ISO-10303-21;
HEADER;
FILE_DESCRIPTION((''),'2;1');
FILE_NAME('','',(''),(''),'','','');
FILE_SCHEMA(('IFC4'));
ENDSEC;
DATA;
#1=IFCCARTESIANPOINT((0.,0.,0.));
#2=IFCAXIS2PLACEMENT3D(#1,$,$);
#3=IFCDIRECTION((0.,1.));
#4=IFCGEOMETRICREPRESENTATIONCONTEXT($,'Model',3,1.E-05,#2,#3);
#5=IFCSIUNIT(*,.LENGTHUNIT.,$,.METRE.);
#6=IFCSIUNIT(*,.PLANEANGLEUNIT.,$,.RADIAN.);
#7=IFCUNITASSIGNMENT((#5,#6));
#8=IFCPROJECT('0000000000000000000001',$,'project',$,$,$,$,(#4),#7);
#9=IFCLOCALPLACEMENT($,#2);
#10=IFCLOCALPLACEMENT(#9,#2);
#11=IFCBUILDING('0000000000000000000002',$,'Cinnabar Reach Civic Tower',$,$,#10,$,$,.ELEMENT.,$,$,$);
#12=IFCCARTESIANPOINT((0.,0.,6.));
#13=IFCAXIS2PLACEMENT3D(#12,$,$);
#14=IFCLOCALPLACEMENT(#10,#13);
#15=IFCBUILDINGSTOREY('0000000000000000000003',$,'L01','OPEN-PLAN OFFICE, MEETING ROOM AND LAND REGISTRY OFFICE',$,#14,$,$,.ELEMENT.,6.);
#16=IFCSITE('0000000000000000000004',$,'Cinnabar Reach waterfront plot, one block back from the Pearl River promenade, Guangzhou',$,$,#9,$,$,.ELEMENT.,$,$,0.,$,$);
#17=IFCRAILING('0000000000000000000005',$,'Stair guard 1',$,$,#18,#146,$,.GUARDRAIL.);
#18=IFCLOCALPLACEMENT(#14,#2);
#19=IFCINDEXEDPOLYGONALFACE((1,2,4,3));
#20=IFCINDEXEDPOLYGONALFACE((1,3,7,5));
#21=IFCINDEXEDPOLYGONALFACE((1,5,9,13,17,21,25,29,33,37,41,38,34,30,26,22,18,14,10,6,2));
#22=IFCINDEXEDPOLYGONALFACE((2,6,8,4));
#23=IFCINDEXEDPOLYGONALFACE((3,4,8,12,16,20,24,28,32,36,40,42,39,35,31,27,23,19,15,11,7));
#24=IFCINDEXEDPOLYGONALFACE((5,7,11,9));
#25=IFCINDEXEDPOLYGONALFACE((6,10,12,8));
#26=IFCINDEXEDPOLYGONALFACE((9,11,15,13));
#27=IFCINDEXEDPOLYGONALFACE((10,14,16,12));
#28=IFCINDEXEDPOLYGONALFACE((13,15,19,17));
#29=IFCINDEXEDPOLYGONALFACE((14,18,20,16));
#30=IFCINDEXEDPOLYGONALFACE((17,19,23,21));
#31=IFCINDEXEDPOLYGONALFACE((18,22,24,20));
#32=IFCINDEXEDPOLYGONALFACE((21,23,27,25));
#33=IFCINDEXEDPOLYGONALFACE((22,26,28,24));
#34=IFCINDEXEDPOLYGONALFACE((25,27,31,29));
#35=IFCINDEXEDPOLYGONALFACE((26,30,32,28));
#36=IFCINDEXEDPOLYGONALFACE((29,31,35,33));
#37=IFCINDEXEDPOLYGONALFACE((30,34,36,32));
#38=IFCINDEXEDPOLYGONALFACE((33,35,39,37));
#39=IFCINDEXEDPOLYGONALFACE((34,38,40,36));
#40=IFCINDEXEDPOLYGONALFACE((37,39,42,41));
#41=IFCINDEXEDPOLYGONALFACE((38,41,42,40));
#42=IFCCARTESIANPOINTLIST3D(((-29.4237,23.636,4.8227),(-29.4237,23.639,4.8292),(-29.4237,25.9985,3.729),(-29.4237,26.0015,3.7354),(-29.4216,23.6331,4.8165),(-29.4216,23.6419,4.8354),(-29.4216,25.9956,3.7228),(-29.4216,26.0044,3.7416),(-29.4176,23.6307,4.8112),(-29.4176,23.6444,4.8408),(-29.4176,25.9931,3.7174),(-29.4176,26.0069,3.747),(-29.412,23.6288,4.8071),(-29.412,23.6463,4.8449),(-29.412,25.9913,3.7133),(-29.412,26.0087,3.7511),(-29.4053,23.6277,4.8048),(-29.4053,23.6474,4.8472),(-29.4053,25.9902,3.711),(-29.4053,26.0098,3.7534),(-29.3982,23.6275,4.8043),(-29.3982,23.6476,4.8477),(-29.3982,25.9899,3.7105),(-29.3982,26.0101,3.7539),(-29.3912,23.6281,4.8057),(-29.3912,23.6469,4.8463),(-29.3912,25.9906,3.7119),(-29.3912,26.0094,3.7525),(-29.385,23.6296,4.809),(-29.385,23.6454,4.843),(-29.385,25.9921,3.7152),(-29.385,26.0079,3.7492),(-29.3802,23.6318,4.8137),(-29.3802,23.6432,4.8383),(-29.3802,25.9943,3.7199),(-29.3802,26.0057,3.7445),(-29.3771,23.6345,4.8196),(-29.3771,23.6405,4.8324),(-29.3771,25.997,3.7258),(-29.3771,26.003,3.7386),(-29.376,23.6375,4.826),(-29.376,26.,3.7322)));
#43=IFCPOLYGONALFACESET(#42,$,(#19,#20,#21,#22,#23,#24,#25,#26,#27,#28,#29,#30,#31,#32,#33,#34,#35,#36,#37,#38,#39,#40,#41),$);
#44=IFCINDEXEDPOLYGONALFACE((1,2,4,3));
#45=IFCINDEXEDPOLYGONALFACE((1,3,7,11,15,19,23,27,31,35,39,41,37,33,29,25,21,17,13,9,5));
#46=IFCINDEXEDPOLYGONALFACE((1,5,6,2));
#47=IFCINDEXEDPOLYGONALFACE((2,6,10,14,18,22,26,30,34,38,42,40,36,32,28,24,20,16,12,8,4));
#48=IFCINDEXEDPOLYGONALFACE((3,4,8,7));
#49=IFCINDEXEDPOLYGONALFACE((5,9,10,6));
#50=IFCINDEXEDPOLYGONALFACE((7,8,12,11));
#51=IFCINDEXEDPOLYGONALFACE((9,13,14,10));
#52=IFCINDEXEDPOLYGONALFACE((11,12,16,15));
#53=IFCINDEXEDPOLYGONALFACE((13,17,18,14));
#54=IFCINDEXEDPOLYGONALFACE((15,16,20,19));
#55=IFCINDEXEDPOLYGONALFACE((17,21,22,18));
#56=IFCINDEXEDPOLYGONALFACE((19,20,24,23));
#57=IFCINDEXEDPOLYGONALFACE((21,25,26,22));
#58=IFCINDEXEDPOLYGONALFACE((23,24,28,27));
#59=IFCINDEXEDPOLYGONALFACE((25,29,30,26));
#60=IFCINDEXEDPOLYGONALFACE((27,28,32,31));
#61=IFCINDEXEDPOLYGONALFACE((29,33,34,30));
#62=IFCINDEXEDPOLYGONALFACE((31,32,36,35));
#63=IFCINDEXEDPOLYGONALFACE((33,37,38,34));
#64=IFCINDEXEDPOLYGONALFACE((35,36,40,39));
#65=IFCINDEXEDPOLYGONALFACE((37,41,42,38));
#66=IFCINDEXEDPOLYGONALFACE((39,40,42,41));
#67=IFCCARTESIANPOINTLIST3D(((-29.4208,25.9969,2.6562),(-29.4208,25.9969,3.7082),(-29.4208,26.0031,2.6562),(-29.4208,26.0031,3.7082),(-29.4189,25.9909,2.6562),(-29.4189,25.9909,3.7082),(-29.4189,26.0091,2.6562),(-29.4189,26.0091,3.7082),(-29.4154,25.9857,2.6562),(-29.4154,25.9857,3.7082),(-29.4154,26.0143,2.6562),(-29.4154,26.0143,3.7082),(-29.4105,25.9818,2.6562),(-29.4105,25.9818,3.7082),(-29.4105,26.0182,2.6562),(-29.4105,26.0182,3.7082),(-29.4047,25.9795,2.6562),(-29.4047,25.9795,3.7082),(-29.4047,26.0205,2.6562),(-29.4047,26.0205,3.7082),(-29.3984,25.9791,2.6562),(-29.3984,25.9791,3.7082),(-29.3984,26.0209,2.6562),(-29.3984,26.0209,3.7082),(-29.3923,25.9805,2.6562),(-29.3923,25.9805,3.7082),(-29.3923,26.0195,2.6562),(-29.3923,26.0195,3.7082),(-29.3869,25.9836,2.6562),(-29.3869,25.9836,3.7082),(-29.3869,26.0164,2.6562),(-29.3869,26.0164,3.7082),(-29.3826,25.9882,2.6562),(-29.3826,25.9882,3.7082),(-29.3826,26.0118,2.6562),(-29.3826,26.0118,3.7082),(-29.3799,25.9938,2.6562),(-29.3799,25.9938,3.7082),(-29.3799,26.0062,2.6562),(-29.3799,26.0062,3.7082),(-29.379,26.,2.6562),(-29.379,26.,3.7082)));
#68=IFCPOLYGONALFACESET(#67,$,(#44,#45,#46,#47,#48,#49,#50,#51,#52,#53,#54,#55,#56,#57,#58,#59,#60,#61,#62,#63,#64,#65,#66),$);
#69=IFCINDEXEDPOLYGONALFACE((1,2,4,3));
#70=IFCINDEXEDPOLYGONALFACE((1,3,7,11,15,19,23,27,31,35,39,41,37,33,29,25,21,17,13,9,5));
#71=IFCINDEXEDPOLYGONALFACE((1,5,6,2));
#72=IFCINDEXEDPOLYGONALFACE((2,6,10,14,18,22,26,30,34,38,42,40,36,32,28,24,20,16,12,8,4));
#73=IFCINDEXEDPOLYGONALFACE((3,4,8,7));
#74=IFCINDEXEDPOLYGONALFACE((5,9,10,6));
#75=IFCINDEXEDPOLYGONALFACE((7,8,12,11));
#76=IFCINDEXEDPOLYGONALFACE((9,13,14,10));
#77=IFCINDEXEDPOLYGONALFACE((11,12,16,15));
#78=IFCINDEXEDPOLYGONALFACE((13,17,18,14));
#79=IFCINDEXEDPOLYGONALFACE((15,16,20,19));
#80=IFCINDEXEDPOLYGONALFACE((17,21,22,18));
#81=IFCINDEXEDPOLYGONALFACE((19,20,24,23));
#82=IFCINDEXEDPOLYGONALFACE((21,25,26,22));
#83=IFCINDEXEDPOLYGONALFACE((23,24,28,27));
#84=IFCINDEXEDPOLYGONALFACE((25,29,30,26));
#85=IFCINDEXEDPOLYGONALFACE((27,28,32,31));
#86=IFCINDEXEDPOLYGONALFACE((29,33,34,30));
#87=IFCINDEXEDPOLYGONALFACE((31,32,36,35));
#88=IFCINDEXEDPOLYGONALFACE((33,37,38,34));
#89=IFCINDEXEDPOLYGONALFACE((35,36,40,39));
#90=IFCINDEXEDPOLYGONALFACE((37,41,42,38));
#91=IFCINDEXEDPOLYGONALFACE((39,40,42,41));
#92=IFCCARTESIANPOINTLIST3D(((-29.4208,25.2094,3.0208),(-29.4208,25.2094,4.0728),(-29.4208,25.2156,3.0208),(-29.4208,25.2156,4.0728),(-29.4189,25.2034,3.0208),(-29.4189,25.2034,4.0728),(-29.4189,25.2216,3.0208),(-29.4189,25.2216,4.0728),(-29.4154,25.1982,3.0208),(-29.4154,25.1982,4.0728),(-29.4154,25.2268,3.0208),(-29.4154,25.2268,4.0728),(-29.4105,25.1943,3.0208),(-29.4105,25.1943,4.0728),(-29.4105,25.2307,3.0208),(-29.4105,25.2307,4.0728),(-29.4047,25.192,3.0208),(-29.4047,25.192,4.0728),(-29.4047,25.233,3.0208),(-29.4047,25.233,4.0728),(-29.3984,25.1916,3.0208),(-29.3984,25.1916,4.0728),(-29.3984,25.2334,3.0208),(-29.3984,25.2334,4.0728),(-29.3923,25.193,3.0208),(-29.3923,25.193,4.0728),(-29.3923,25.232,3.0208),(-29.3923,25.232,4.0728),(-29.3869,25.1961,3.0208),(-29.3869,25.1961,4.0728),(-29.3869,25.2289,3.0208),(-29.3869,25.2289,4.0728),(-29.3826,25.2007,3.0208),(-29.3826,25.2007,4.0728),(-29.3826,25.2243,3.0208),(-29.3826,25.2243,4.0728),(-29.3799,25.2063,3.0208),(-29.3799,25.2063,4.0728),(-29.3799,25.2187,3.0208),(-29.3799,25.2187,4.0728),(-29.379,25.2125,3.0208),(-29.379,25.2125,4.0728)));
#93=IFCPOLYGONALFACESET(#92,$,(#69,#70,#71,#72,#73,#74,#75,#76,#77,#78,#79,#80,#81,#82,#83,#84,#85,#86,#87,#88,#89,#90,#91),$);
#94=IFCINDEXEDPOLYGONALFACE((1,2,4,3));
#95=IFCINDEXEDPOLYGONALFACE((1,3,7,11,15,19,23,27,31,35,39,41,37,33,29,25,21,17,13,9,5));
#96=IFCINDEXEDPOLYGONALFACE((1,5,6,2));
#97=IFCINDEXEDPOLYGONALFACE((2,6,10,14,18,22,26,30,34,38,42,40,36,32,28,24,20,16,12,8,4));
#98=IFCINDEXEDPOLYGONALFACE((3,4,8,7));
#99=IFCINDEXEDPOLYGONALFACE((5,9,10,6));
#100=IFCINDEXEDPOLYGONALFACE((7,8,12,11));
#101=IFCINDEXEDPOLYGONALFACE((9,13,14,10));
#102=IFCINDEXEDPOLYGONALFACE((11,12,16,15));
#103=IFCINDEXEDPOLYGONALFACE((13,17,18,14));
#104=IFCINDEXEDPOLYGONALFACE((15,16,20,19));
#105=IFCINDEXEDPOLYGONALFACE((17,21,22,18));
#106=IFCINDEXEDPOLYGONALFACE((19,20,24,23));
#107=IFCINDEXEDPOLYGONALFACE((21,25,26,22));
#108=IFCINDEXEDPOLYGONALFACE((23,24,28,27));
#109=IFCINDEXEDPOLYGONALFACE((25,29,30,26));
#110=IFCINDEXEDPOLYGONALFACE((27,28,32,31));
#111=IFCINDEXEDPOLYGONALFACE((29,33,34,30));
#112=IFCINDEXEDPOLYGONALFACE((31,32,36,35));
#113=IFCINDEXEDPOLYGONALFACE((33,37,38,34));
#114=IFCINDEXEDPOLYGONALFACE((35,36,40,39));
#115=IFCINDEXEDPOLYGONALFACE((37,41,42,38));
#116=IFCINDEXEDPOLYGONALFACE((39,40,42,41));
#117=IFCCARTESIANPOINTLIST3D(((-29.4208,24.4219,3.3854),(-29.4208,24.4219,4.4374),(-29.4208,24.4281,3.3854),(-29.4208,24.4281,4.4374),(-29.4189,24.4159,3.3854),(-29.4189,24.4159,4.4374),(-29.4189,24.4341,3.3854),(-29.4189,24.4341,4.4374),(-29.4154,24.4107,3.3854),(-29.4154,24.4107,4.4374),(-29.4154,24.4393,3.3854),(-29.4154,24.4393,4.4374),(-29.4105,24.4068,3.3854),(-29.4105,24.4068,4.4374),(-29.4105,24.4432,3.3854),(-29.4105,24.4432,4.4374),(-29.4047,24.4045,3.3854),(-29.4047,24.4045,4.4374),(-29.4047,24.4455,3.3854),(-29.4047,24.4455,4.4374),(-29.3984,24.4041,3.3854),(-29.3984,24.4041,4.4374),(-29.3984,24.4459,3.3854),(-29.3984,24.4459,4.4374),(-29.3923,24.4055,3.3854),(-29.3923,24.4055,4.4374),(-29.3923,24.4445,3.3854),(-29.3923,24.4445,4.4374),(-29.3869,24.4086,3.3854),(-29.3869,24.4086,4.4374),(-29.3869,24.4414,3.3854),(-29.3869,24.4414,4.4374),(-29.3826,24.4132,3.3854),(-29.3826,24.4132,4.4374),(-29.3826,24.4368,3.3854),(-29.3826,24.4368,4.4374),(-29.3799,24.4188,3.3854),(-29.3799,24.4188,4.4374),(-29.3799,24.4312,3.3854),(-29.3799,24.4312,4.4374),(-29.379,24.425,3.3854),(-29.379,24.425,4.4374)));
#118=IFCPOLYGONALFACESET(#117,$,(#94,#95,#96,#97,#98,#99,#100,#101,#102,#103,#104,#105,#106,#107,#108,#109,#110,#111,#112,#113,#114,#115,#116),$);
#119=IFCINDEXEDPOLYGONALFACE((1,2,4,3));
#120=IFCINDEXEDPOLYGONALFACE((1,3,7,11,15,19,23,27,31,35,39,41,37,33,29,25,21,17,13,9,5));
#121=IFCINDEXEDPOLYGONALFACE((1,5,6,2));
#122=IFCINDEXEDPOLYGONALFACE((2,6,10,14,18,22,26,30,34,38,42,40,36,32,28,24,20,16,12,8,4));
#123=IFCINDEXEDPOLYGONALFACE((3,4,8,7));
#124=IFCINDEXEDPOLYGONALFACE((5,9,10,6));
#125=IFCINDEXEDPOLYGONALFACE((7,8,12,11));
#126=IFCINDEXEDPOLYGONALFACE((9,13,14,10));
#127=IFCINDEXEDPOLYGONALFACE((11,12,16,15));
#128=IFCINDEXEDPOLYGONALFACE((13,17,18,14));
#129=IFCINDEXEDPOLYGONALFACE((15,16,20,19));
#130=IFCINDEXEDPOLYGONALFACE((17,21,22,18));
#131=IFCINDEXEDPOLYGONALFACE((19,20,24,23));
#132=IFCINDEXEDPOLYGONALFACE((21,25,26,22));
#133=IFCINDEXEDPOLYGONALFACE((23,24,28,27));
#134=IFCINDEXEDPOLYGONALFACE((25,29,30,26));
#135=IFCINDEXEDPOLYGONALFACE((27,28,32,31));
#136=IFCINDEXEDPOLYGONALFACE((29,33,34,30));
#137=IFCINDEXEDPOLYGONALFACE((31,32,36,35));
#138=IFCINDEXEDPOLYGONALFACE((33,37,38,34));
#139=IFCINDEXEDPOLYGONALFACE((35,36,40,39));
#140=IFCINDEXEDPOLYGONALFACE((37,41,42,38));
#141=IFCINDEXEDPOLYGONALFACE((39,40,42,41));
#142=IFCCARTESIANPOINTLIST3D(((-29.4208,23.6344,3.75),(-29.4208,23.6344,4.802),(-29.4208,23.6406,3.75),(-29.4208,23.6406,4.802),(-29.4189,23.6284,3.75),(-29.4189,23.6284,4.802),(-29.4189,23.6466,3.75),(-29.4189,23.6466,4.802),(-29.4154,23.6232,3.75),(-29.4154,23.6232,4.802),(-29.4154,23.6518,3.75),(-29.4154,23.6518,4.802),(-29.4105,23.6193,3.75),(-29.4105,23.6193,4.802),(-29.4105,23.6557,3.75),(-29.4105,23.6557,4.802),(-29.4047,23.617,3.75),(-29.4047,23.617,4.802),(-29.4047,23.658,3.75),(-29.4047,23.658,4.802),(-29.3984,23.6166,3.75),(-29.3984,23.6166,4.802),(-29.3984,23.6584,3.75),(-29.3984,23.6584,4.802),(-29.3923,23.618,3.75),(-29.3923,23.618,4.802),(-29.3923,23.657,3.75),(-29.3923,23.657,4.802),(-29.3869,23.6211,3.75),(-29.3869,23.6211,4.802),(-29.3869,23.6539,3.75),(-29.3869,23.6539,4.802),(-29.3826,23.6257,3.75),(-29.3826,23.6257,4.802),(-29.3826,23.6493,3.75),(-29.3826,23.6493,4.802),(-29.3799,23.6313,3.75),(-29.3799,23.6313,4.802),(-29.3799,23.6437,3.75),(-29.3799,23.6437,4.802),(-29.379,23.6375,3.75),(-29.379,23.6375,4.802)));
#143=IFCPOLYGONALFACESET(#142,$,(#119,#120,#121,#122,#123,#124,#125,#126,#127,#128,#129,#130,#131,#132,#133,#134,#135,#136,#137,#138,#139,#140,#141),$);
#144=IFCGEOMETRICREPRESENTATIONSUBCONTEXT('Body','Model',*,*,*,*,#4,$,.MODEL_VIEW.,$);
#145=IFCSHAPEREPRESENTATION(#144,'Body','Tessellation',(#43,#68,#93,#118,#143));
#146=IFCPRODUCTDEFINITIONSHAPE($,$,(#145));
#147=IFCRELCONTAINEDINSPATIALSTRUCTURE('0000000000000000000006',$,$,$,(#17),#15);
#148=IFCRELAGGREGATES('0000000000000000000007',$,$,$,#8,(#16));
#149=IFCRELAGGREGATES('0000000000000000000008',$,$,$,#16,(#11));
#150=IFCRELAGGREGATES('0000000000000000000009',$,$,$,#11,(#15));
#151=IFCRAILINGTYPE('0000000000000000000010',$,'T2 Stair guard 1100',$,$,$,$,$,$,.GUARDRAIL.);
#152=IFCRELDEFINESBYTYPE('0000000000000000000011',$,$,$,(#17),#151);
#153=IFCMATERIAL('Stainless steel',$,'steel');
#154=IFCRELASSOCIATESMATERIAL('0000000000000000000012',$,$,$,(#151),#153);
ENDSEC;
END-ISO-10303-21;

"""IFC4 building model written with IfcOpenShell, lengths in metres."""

from ifc_helpers import new_model, si_unit, direction, frame, origin, origin_2d, place, context, subcontext, project, spatial, circle, extrude, material, type_object, element, save


model = new_model("IFC4")

# Units and contexts
model_context = context("Model", 3, precision=1e-05, world=origin(), true_north=direction((0.0, 1.0)))
body_context = subcontext(model_context, "Body", "Model", "MODEL_VIEW")
ifc_project = project(units=[si_unit("LENGTHUNIT", "METRE"), si_unit("PLANEANGLEUNIT", "RADIAN")], contexts=[model_context])

# Site, building, storey
site_placement = place(None, origin())
site = spatial("IfcSite", under=ifc_project, at=site_placement, Name="Cinnabar Reach waterfront plot, one block back from the Pearl River promenade, Guangzhou", CompositionType="ELEMENT", RefElevation=0.0)
building_placement = place(site_placement, origin())
building = spatial("IfcBuilding", under=site, at=building_placement, Name="Cinnabar Reach Civic Tower", CompositionType="ELEMENT")
storey_placement = place(building_placement, frame((0.0, 0.0, 6.0)))
storey = spatial("IfcBuildingStorey", under=building, at=storey_placement, Name="L01", Description="OPEN-PLAN OFFICE, MEETING ROOM AND LAND REGISTRY OFFICE", CompositionType="ELEMENT", Elevation=6.0)

# Railing
ifc_material_1 = material(Name="Stainless steel", Category="steel")
railing_type = type_object("IfcRailingType", Name="T2 Stair guard 1100", PredefinedType="GUARDRAIL", material=ifc_material_1)
railing_1_placement = place(storey_placement, frame((-29.4, 26.0, 2.6562)))
element("IfcRailing", 1, at=railing_1_placement, inside=storey, type_object=railing_type, Name="Stair guard 1", PredefinedType="GUARDRAIL", context=body_context, shape_type="SweptSolid", body=[
    extrude(circle(Radius=0.024, at=origin_2d()), frame((0.0, 0.0, 1.076), z_axis=(0.0, -0.90746, 0.420139), x_axis=(1.0, 0.0, 0.0)), (0.0, 0.0, 1.0), 2.6034),
    extrude(circle(Radius=0.021, at=origin_2d()), origin(), (0.0, 0.0, 1.0), 1.052),
    extrude(circle(Radius=0.021, at=origin_2d()), frame((0.0, -0.7875, 0.3646)), (0.0, 0.0, 1.0), 1.052),
    extrude(circle(Radius=0.021, at=origin_2d()), frame((0.0, -1.575, 0.7292)), (0.0, 0.0, 1.0), 1.052),
    extrude(circle(Radius=0.021, at=origin_2d()), frame((0.0, -2.3625, 1.0938)), (0.0, 0.0, 1.0), 1.052),
])

save(model, "model.ifc")
